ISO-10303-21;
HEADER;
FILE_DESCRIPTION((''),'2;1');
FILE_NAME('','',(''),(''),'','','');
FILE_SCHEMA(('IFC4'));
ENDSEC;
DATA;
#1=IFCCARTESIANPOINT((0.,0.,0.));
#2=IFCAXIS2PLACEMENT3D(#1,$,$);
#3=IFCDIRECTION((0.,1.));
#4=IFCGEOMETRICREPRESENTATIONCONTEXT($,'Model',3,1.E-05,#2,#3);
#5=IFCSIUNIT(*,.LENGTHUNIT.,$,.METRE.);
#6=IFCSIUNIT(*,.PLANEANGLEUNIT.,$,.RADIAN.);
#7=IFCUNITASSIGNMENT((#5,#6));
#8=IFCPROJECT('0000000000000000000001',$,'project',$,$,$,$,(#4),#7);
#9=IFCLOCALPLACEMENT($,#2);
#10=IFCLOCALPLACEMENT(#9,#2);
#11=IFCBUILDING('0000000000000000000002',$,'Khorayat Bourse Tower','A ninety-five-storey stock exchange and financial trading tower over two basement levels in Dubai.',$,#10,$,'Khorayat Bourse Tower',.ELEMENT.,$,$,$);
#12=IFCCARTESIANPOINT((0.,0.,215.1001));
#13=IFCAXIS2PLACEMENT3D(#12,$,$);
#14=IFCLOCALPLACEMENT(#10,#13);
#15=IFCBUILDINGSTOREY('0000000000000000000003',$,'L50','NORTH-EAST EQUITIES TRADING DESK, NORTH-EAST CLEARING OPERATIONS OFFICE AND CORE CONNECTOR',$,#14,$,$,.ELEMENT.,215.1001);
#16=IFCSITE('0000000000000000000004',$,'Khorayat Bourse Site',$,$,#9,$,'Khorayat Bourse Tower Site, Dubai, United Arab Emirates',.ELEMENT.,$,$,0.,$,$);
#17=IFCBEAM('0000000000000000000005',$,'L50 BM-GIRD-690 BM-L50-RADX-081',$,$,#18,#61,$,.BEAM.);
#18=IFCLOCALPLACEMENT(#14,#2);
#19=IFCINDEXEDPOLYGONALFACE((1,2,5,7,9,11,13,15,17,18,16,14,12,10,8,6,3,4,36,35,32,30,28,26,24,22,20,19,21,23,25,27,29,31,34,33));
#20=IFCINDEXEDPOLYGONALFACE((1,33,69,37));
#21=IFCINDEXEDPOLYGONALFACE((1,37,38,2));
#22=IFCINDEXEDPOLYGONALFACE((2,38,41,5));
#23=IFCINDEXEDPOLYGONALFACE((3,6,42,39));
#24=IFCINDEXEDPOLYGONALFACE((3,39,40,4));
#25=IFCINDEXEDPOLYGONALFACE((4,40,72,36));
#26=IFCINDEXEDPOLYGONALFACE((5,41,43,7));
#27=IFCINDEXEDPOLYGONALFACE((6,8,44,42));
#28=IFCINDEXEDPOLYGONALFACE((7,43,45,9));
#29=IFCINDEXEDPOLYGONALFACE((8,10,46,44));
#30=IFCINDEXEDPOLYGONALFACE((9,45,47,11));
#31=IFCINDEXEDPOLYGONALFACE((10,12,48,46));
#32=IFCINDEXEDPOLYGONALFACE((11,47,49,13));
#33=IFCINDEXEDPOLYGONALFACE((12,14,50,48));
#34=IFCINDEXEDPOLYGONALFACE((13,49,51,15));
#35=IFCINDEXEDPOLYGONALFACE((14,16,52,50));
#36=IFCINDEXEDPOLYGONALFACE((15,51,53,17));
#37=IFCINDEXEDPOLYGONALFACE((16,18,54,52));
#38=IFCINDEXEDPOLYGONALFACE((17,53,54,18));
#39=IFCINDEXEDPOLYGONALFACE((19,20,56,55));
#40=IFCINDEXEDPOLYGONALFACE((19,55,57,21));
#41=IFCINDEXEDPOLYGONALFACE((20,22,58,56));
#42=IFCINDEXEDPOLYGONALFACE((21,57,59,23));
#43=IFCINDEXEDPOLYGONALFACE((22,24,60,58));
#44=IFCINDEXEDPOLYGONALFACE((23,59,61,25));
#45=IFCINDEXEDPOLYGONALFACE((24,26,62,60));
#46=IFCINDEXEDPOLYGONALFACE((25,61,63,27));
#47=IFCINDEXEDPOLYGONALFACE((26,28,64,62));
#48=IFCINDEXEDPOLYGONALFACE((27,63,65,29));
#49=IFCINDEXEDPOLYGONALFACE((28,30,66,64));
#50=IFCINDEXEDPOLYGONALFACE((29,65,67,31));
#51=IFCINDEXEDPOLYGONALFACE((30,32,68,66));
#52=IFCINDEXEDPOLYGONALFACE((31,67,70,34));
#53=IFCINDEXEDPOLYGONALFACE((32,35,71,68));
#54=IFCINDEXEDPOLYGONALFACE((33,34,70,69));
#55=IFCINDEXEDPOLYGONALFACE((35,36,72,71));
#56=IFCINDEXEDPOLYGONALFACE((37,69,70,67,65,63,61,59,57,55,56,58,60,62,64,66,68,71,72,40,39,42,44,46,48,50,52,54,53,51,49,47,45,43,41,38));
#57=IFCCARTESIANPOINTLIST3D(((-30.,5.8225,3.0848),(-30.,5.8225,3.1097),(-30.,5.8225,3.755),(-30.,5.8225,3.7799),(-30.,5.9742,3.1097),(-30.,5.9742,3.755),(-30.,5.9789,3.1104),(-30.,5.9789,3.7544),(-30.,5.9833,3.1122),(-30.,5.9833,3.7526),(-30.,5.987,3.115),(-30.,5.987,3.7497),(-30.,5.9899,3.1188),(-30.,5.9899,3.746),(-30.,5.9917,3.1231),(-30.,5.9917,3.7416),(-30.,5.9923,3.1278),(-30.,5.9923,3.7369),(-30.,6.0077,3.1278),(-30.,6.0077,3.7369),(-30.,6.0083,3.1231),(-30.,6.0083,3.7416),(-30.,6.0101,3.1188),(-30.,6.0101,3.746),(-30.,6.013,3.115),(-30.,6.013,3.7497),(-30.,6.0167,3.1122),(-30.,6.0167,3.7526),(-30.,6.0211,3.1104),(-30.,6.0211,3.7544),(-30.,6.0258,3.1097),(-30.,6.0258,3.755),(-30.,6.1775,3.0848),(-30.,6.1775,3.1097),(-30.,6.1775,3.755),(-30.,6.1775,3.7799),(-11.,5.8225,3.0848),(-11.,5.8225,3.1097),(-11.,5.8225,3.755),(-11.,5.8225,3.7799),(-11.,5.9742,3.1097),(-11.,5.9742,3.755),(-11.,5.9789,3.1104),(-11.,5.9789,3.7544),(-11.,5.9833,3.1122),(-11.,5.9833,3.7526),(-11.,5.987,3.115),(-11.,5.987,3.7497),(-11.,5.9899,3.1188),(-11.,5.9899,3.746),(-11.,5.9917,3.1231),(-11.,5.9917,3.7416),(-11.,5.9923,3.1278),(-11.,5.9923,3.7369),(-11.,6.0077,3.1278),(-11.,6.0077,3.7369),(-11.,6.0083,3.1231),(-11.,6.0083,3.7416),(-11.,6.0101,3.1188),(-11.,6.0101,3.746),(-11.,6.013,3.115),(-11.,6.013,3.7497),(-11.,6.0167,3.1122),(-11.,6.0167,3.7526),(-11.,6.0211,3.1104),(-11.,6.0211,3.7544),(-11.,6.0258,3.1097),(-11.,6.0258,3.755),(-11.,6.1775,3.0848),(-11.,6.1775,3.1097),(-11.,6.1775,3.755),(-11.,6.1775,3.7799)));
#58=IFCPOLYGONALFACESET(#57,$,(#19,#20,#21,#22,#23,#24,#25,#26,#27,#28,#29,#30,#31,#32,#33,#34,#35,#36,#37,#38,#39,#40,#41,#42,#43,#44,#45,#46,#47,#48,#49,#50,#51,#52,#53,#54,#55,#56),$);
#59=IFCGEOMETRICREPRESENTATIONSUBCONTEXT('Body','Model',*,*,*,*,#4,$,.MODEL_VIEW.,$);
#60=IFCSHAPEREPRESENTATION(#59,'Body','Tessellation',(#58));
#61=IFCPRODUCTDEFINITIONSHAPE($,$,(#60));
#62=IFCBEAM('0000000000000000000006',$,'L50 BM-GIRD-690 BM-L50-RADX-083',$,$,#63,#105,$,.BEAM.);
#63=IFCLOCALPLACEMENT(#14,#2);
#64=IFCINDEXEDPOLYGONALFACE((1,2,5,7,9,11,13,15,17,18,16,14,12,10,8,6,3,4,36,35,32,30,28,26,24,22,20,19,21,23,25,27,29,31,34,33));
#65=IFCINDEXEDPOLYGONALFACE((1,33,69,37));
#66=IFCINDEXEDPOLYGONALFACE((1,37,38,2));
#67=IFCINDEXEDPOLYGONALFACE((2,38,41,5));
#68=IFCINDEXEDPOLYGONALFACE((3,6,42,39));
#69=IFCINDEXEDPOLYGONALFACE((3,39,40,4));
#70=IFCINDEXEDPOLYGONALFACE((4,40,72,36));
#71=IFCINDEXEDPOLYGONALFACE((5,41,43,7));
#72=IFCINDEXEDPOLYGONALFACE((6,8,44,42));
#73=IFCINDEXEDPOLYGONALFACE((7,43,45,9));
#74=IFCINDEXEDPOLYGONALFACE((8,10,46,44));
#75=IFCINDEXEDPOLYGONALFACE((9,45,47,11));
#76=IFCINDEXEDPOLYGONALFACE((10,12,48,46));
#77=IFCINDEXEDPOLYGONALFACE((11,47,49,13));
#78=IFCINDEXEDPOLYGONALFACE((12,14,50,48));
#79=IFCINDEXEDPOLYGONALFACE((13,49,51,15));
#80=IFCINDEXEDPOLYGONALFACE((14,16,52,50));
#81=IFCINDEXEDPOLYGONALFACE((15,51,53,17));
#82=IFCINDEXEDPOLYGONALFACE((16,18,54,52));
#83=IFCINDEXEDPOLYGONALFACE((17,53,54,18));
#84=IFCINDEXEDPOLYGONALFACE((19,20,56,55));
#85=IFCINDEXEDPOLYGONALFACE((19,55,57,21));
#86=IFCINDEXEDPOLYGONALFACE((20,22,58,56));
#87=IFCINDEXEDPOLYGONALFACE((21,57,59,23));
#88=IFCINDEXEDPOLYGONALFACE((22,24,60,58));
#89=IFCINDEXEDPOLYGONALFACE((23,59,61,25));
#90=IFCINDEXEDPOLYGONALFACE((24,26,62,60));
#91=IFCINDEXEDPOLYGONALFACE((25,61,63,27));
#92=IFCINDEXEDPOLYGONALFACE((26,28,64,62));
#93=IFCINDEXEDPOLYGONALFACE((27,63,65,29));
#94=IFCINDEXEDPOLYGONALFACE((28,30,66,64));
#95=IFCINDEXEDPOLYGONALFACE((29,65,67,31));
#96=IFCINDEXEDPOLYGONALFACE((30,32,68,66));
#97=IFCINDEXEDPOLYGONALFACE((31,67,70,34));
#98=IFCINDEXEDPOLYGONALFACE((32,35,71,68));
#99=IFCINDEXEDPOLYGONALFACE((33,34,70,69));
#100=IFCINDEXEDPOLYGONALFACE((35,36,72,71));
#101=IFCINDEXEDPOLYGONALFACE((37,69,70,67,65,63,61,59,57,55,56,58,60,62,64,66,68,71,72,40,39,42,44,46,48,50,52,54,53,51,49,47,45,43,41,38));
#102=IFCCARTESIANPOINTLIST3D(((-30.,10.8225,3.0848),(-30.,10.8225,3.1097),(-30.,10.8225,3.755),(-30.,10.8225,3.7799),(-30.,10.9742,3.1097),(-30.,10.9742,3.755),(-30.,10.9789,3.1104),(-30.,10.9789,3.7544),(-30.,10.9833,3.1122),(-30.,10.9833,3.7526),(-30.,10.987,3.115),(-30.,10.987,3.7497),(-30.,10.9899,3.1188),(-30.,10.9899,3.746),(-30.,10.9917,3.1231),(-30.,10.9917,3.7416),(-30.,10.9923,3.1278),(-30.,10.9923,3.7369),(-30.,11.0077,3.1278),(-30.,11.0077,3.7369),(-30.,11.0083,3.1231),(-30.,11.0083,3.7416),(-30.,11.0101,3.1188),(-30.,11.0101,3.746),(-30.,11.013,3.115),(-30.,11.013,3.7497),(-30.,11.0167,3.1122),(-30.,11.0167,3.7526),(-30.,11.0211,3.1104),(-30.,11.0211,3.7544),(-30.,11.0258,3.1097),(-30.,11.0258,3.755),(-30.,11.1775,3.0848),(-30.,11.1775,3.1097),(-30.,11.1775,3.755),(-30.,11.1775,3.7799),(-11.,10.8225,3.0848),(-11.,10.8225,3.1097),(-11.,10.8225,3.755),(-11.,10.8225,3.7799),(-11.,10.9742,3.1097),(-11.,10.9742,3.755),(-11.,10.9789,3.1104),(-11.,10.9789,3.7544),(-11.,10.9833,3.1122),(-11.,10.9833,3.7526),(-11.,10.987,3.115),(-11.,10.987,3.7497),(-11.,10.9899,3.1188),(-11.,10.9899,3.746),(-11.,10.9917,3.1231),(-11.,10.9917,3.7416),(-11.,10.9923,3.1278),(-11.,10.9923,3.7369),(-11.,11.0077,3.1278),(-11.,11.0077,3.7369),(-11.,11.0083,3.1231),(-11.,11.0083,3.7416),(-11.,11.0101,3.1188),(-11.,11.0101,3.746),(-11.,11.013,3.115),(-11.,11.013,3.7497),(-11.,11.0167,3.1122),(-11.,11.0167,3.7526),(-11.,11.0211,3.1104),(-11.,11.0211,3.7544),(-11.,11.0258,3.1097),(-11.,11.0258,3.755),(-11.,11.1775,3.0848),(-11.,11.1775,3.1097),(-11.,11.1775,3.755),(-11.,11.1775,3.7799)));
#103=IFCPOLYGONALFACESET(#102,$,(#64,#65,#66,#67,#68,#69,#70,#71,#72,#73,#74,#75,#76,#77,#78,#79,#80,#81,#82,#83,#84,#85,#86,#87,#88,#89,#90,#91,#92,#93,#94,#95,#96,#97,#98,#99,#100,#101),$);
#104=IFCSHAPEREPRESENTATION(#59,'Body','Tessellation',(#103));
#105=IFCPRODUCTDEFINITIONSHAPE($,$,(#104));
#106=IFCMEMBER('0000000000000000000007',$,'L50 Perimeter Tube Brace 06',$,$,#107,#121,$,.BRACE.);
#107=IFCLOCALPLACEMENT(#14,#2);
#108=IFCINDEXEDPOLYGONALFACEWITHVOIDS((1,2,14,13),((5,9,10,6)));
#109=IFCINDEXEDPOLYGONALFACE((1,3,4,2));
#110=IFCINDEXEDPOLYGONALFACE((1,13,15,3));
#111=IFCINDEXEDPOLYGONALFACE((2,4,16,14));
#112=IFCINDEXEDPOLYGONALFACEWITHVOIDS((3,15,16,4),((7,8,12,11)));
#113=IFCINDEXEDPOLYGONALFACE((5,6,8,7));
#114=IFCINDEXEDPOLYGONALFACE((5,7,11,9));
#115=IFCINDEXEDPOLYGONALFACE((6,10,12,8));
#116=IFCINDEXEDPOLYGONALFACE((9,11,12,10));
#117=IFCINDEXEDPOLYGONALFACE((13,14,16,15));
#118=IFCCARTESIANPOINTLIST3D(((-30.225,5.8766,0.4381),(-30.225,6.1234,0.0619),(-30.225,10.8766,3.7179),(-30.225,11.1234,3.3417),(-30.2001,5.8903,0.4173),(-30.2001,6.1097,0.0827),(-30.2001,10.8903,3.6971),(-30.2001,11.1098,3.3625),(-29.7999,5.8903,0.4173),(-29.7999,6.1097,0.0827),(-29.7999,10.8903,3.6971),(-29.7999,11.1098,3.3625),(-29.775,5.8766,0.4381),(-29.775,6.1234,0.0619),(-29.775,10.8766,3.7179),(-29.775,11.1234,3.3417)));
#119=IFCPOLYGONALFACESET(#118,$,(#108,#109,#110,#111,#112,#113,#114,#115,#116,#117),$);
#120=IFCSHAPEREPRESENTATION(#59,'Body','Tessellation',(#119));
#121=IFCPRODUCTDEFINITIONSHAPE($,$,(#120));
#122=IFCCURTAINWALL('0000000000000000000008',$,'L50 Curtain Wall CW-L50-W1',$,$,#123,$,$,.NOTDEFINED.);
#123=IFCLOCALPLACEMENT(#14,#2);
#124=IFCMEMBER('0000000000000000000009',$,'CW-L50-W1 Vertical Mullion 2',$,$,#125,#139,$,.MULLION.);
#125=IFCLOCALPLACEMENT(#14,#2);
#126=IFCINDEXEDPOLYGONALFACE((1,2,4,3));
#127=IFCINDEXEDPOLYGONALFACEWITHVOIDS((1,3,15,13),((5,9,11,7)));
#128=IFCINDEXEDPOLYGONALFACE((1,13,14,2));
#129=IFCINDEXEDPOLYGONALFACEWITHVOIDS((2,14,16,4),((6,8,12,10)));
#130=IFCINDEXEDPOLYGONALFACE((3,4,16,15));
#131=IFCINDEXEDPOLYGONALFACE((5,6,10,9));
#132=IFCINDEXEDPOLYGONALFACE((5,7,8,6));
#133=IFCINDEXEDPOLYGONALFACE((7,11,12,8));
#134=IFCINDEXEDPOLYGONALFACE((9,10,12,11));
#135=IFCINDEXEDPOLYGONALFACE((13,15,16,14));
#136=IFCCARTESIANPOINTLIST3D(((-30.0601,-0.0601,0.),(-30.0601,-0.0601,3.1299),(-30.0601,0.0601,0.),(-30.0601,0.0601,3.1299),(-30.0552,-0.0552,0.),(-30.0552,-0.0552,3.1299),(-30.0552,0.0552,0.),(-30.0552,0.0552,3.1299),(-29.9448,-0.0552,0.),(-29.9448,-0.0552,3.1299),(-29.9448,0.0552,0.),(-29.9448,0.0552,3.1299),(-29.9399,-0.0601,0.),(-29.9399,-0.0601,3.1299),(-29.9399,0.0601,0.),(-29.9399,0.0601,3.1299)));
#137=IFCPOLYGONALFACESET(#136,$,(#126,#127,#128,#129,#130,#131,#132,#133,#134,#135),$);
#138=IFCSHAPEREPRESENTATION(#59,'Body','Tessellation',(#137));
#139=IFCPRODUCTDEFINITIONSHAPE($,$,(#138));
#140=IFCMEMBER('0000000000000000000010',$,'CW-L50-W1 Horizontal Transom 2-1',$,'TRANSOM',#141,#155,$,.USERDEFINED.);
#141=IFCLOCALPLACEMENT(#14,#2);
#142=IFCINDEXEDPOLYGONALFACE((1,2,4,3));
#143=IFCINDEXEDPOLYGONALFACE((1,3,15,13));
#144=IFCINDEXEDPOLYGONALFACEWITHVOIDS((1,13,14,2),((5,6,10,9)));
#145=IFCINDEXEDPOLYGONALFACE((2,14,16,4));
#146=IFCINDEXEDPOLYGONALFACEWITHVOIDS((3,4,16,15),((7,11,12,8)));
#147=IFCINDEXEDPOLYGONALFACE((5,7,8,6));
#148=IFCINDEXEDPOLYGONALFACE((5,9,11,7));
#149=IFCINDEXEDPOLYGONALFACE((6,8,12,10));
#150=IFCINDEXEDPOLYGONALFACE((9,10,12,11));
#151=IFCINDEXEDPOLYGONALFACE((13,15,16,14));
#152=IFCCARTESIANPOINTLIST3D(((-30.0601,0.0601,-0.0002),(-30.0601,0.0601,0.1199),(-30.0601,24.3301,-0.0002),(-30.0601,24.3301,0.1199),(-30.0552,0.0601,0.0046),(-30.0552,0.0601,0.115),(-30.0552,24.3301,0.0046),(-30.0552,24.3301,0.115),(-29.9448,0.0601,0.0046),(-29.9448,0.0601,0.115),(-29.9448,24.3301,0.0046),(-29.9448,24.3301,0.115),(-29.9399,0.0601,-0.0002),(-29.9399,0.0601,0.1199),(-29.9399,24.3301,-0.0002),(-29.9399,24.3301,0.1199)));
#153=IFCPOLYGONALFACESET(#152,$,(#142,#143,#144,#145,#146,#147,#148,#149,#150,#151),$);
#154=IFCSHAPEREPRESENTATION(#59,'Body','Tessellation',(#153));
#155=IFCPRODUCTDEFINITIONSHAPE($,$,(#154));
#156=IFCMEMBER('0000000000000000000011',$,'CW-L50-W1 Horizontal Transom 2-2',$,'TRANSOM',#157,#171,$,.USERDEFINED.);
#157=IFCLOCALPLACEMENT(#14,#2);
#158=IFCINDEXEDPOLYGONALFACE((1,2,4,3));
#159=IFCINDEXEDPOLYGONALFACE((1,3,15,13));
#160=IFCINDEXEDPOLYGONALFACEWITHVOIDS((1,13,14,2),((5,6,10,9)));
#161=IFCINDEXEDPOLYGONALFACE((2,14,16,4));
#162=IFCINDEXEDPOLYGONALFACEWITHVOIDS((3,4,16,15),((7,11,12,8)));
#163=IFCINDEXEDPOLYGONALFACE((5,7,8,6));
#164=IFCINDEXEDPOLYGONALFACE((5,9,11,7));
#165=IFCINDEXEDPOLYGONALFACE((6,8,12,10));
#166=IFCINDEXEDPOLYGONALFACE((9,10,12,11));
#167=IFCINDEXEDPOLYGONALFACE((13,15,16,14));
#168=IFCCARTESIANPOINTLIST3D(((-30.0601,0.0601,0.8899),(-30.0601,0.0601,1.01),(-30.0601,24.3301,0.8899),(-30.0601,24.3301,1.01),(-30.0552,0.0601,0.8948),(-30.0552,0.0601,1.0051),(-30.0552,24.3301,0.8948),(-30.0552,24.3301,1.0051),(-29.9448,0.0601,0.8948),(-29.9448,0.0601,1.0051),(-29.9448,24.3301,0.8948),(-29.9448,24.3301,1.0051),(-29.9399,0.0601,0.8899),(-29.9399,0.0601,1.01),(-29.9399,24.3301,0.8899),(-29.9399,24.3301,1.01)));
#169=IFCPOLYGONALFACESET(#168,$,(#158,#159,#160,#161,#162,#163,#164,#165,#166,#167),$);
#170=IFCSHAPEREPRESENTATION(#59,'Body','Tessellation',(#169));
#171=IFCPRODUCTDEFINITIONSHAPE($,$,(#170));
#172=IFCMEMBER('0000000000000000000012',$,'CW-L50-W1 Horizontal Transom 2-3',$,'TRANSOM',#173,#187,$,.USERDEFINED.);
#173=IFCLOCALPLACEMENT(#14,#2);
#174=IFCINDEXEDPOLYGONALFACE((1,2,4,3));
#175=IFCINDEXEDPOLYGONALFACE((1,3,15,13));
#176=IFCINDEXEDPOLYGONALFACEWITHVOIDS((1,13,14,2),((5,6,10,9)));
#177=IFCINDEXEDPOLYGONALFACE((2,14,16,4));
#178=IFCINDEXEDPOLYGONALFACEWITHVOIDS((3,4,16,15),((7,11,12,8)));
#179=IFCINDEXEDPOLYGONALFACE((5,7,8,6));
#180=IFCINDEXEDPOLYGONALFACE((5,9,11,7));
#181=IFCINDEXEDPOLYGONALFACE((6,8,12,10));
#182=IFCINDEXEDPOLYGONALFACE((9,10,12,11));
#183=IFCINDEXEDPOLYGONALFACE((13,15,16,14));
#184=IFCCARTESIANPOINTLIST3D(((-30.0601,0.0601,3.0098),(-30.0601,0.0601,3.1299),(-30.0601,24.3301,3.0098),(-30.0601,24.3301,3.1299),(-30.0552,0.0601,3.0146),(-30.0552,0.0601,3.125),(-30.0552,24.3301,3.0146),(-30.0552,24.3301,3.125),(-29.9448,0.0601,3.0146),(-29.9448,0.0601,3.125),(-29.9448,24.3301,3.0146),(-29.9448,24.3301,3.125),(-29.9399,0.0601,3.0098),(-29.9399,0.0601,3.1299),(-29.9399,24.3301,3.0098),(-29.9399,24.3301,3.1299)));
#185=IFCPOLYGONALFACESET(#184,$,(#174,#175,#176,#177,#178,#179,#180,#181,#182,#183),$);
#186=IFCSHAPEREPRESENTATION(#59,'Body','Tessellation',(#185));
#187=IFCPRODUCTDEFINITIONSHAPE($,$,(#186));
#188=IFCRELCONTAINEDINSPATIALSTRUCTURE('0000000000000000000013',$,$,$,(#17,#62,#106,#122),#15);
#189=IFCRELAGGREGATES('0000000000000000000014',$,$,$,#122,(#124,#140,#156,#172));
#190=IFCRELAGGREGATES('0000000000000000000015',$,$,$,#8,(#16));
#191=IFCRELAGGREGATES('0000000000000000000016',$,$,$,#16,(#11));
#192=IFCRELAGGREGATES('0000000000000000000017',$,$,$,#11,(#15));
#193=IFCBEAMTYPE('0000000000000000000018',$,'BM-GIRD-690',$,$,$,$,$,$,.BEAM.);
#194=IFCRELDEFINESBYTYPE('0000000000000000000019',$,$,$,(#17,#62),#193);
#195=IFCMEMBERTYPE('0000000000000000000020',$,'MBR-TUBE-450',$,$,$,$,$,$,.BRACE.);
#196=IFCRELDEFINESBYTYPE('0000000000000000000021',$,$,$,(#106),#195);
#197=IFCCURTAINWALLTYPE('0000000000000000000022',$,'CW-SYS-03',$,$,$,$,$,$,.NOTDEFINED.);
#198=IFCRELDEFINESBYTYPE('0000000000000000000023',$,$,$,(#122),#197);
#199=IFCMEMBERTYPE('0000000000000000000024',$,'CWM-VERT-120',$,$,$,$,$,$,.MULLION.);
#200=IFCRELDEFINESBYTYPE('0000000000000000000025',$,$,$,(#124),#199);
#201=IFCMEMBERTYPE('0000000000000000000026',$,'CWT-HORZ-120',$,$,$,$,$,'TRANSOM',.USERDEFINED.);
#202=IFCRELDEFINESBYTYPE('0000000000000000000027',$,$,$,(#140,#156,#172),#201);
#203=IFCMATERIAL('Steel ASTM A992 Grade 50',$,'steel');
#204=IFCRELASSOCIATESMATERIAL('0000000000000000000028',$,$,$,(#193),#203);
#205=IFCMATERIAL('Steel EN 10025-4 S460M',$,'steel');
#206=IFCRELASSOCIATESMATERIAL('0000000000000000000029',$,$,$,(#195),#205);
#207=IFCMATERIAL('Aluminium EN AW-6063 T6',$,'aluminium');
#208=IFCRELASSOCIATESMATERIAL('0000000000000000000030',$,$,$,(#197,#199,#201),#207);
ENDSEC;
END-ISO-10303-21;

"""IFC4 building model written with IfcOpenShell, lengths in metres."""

from ifc_helpers import new_model, si_unit, direction, frame, origin, origin_2d, place, context, subcontext, project, spatial, hollow_rectangle, i_section, extrude, source, transform, mapped, material, material_profile, profile_set, type_object, element, aggregate, save


model = new_model("IFC4")

# Units and contexts
model_context = context("Model", 3, precision=1e-05, world=origin(), true_north=direction((0.0, 1.0)))
body_context = subcontext(model_context, "Body", "Model", "MODEL_VIEW")
ifc_project = project(units=[si_unit("LENGTHUNIT", "METRE"), si_unit("PLANEANGLEUNIT", "RADIAN")], contexts=[model_context])

# Site, building, storey
site_placement = place(None, origin())
site = spatial("IfcSite", under=ifc_project, at=site_placement, Name="Khorayat Bourse Site", LongName="Khorayat Bourse Tower Site, Dubai, United Arab Emirates", CompositionType="ELEMENT", RefElevation=0.0)
building_placement = place(site_placement, origin())
building = spatial("IfcBuilding", under=site, at=building_placement, Name="Khorayat Bourse Tower", Description="A ninety-five-storey stock exchange and financial trading tower over two basement levels in Dubai.", LongName="Khorayat Bourse Tower", CompositionType="ELEMENT")
storey_placement = place(building_placement, frame((0.0, 0.0, 215.1001)))
storey = spatial("IfcBuildingStorey", under=building, at=storey_placement, Name="L50", Description="NORTH-EAST EQUITIES TRADING DESK, NORTH-EAST CLEARING OPERATIONS OFFICE AND CORE CONNECTOR", CompositionType="ELEMENT", Elevation=215.1001)

# Shared definitions
ifc_material_1 = material(Name="Steel EN 10025-4 S460M", Category="steel")

# Beams
ifc_material_2 = material(Name="Steel ASTM A992 Grade 50", Category="steel")
ifc_material_profile_1 = material_profile(ifc_material_2, i_section(OverallWidth=0.355, OverallDepth=0.6951, WebThickness=0.0154, FlangeThickness=0.0249, FilletRadius=0.0181, at=origin_2d()), Name="W690X217")
ifc_profile_set_1 = profile_set([ifc_material_profile_1], Name="Steel ASTM A992 Grade 50")
beam_type_1 = type_object("IfcBeamType", Name="BM-GIRD-690", PredefinedType="BEAM", material=ifc_profile_set_1)
shared_shape_1 = source(origin(), body_context, "Body", "SweptSolid", [
    extrude(i_section(OverallWidth=0.355, OverallDepth=0.6951, WebThickness=0.0154, FlangeThickness=0.0249, FilletRadius=0.0181, at=origin_2d()), origin(), (0.0, 0.0, 1.0), 19.0),
])
for number, where, z_axis, x_axis, name in (
    (1, (-30.0, 6.0, 3.4324), (1.0, 0.0, 0.0), (0.0, 1.0, 0.0), "L50 BM-GIRD-690 BM-L50-RADX-081"),
    (2, (-30.0, 11.0, 3.4324), (1.0, 0.0, 0.0), (0.0, 1.0, 0.0), "L50 BM-GIRD-690 BM-L50-RADX-083"),
):
    element("IfcBeam", number, at=place(storey_placement, frame(where, z_axis=z_axis, x_axis=x_axis)), inside=storey, type_object=beam_type_1, Name=name, PredefinedType="BEAM", context=body_context, shape_type="MappedRepresentation", body=[
        mapped(shared_shape_1, transform((0.0, 0.0, 0.0), scale=1.0)),
    ])

# Member
ifc_material_profile_2 = material_profile(ifc_material_1, hollow_rectangle(XDim=0.45, YDim=0.45, WallThickness=0.0249, at=origin_2d()), Name="HSS 450x450x25")
ifc_profile_set_2 = profile_set([ifc_material_profile_2], Name="Steel EN 10025-4 S460M")
member_type_1 = type_object("IfcMemberType", Name="MBR-TUBE-450", PredefinedType="BRACE", material=ifc_profile_set_2)
shared_shape_2 = source(origin(), body_context, "Body", "SweptSolid", [
    extrude(hollow_rectangle(XDim=0.45, YDim=0.45, WallThickness=0.0249, at=origin_2d()), origin(), (0.0, 0.0, 1.0), 5.9797),
])
member_1_placement = place(storey_placement, frame((-30.0, 6.0, 0.25), z_axis=(0.0, 0.83616, 0.548485), x_axis=(-1.0, 0.0, 0.0)))
element("IfcMember", 3, at=member_1_placement, inside=storey, type_object=member_type_1, Name="L50 Perimeter Tube Brace 06", PredefinedType="BRACE", context=body_context, shape_type="MappedRepresentation", body=[
    mapped(shared_shape_2, transform((0.0, 0.0, 0.0), scale=1.0)),
])

# Curtain wall, members
ifc_material_3 = material(Name="Aluminium EN AW-6063 T6", Category="aluminium")
curtain_wall_type = type_object("IfcCurtainWallType", Name="CW-SYS-03", PredefinedType="NOTDEFINED", material=ifc_material_3)
curtain_wall_placement = place(storey_placement, origin())
curtain_wall = element("IfcCurtainWall", 4, at=curtain_wall_placement, inside=storey, type_object=curtain_wall_type, Name="L50 Curtain Wall CW-L50-W1", PredefinedType="NOTDEFINED")
ifc_material_profile_3 = material_profile(ifc_material_3, hollow_rectangle(XDim=0.1201, YDim=0.1201, WallThickness=0.0049, at=origin_2d()), Name="ALU 120x120x5")
ifc_profile_set_3 = profile_set([ifc_material_profile_3], Name="Aluminium EN AW-6063 T6")
member_type_2 = type_object("IfcMemberType", Name="CWM-VERT-120", PredefinedType="MULLION", material=ifc_profile_set_3)
shared_shape_3 = source(origin(), body_context, "Body", "SweptSolid", [
    extrude(hollow_rectangle(XDim=0.1201, YDim=0.1201, WallThickness=0.0049, at=origin_2d()), origin(), (0.0, 0.0, 1.0), 3.1299),
])
member_2_placement = place(storey_placement, frame((-30.0, 0.0, 0.0), z_axis=(0.0, 0.0, 1.0), x_axis=(-1.0, 0.0, 0.0)))
member_2 = element("IfcMember", 5, at=member_2_placement, type_object=member_type_2, Name="CW-L50-W1 Vertical Mullion 2", PredefinedType="MULLION", context=body_context, shape_type="MappedRepresentation", body=[
    mapped(shared_shape_3, transform((0.0, 0.0, 0.0), scale=1.0)),
])
ifc_material_profile_4 = material_profile(ifc_material_3, hollow_rectangle(XDim=0.1201, YDim=0.1201, WallThickness=0.0049, at=origin_2d()), Name="ALU 120x120x5")
ifc_profile_set_4 = profile_set([ifc_material_profile_4], Name="Aluminium EN AW-6063 T6")
member_type_3 = type_object("IfcMemberType", Name="CWT-HORZ-120", ElementType="TRANSOM", PredefinedType="USERDEFINED", material=ifc_profile_set_4)
shared_shape_4 = source(origin(), body_context, "Body", "SweptSolid", [
    extrude(hollow_rectangle(XDim=0.1201, YDim=0.1201, WallThickness=0.0049, at=origin_2d()), origin(), (0.0, 0.0, 1.0), 24.27),
])
member_3_placement = place(storey_placement, frame((-30.0, 0.0601, 0.0598), z_axis=(0.0, 1.0, 0.0), x_axis=(-1.0, 0.0, 0.0)))
member_3 = element("IfcMember", 6, at=member_3_placement, type_object=member_type_3, Name="CW-L50-W1 Horizontal Transom 2-1", ObjectType="TRANSOM", PredefinedType="USERDEFINED", context=body_context, shape_type="MappedRepresentation", body=[
    mapped(shared_shape_4, transform((0.0, 0.0, 0.0), scale=1.0)),
])
member_4_placement = place(storey_placement, frame((-30.0, 0.0601, 0.95), z_axis=(0.0, 1.0, 0.0), x_axis=(-1.0, 0.0, 0.0)))
member_4 = element("IfcMember", 7, at=member_4_placement, type_object=member_type_3, Name="CW-L50-W1 Horizontal Transom 2-2", ObjectType="TRANSOM", PredefinedType="USERDEFINED", context=body_context, shape_type="MappedRepresentation", body=[
    mapped(shared_shape_4, transform((0.0, 0.0, 0.0), scale=1.0)),
])
member_5_placement = place(storey_placement, frame((-30.0, 0.0601, 3.0698), z_axis=(0.0, 1.0, 0.0), x_axis=(-1.0, 0.0, 0.0)))
member_5 = element("IfcMember", 8, at=member_5_placement, type_object=member_type_3, Name="CW-L50-W1 Horizontal Transom 2-3", ObjectType="TRANSOM", PredefinedType="USERDEFINED", context=body_context, shape_type="MappedRepresentation", body=[
    mapped(shared_shape_4, transform((0.0, 0.0, 0.0), scale=1.0)),
])
aggregate(curtain_wall, [member_2, member_3, member_4, member_5])

save(model, "model.ifc")
